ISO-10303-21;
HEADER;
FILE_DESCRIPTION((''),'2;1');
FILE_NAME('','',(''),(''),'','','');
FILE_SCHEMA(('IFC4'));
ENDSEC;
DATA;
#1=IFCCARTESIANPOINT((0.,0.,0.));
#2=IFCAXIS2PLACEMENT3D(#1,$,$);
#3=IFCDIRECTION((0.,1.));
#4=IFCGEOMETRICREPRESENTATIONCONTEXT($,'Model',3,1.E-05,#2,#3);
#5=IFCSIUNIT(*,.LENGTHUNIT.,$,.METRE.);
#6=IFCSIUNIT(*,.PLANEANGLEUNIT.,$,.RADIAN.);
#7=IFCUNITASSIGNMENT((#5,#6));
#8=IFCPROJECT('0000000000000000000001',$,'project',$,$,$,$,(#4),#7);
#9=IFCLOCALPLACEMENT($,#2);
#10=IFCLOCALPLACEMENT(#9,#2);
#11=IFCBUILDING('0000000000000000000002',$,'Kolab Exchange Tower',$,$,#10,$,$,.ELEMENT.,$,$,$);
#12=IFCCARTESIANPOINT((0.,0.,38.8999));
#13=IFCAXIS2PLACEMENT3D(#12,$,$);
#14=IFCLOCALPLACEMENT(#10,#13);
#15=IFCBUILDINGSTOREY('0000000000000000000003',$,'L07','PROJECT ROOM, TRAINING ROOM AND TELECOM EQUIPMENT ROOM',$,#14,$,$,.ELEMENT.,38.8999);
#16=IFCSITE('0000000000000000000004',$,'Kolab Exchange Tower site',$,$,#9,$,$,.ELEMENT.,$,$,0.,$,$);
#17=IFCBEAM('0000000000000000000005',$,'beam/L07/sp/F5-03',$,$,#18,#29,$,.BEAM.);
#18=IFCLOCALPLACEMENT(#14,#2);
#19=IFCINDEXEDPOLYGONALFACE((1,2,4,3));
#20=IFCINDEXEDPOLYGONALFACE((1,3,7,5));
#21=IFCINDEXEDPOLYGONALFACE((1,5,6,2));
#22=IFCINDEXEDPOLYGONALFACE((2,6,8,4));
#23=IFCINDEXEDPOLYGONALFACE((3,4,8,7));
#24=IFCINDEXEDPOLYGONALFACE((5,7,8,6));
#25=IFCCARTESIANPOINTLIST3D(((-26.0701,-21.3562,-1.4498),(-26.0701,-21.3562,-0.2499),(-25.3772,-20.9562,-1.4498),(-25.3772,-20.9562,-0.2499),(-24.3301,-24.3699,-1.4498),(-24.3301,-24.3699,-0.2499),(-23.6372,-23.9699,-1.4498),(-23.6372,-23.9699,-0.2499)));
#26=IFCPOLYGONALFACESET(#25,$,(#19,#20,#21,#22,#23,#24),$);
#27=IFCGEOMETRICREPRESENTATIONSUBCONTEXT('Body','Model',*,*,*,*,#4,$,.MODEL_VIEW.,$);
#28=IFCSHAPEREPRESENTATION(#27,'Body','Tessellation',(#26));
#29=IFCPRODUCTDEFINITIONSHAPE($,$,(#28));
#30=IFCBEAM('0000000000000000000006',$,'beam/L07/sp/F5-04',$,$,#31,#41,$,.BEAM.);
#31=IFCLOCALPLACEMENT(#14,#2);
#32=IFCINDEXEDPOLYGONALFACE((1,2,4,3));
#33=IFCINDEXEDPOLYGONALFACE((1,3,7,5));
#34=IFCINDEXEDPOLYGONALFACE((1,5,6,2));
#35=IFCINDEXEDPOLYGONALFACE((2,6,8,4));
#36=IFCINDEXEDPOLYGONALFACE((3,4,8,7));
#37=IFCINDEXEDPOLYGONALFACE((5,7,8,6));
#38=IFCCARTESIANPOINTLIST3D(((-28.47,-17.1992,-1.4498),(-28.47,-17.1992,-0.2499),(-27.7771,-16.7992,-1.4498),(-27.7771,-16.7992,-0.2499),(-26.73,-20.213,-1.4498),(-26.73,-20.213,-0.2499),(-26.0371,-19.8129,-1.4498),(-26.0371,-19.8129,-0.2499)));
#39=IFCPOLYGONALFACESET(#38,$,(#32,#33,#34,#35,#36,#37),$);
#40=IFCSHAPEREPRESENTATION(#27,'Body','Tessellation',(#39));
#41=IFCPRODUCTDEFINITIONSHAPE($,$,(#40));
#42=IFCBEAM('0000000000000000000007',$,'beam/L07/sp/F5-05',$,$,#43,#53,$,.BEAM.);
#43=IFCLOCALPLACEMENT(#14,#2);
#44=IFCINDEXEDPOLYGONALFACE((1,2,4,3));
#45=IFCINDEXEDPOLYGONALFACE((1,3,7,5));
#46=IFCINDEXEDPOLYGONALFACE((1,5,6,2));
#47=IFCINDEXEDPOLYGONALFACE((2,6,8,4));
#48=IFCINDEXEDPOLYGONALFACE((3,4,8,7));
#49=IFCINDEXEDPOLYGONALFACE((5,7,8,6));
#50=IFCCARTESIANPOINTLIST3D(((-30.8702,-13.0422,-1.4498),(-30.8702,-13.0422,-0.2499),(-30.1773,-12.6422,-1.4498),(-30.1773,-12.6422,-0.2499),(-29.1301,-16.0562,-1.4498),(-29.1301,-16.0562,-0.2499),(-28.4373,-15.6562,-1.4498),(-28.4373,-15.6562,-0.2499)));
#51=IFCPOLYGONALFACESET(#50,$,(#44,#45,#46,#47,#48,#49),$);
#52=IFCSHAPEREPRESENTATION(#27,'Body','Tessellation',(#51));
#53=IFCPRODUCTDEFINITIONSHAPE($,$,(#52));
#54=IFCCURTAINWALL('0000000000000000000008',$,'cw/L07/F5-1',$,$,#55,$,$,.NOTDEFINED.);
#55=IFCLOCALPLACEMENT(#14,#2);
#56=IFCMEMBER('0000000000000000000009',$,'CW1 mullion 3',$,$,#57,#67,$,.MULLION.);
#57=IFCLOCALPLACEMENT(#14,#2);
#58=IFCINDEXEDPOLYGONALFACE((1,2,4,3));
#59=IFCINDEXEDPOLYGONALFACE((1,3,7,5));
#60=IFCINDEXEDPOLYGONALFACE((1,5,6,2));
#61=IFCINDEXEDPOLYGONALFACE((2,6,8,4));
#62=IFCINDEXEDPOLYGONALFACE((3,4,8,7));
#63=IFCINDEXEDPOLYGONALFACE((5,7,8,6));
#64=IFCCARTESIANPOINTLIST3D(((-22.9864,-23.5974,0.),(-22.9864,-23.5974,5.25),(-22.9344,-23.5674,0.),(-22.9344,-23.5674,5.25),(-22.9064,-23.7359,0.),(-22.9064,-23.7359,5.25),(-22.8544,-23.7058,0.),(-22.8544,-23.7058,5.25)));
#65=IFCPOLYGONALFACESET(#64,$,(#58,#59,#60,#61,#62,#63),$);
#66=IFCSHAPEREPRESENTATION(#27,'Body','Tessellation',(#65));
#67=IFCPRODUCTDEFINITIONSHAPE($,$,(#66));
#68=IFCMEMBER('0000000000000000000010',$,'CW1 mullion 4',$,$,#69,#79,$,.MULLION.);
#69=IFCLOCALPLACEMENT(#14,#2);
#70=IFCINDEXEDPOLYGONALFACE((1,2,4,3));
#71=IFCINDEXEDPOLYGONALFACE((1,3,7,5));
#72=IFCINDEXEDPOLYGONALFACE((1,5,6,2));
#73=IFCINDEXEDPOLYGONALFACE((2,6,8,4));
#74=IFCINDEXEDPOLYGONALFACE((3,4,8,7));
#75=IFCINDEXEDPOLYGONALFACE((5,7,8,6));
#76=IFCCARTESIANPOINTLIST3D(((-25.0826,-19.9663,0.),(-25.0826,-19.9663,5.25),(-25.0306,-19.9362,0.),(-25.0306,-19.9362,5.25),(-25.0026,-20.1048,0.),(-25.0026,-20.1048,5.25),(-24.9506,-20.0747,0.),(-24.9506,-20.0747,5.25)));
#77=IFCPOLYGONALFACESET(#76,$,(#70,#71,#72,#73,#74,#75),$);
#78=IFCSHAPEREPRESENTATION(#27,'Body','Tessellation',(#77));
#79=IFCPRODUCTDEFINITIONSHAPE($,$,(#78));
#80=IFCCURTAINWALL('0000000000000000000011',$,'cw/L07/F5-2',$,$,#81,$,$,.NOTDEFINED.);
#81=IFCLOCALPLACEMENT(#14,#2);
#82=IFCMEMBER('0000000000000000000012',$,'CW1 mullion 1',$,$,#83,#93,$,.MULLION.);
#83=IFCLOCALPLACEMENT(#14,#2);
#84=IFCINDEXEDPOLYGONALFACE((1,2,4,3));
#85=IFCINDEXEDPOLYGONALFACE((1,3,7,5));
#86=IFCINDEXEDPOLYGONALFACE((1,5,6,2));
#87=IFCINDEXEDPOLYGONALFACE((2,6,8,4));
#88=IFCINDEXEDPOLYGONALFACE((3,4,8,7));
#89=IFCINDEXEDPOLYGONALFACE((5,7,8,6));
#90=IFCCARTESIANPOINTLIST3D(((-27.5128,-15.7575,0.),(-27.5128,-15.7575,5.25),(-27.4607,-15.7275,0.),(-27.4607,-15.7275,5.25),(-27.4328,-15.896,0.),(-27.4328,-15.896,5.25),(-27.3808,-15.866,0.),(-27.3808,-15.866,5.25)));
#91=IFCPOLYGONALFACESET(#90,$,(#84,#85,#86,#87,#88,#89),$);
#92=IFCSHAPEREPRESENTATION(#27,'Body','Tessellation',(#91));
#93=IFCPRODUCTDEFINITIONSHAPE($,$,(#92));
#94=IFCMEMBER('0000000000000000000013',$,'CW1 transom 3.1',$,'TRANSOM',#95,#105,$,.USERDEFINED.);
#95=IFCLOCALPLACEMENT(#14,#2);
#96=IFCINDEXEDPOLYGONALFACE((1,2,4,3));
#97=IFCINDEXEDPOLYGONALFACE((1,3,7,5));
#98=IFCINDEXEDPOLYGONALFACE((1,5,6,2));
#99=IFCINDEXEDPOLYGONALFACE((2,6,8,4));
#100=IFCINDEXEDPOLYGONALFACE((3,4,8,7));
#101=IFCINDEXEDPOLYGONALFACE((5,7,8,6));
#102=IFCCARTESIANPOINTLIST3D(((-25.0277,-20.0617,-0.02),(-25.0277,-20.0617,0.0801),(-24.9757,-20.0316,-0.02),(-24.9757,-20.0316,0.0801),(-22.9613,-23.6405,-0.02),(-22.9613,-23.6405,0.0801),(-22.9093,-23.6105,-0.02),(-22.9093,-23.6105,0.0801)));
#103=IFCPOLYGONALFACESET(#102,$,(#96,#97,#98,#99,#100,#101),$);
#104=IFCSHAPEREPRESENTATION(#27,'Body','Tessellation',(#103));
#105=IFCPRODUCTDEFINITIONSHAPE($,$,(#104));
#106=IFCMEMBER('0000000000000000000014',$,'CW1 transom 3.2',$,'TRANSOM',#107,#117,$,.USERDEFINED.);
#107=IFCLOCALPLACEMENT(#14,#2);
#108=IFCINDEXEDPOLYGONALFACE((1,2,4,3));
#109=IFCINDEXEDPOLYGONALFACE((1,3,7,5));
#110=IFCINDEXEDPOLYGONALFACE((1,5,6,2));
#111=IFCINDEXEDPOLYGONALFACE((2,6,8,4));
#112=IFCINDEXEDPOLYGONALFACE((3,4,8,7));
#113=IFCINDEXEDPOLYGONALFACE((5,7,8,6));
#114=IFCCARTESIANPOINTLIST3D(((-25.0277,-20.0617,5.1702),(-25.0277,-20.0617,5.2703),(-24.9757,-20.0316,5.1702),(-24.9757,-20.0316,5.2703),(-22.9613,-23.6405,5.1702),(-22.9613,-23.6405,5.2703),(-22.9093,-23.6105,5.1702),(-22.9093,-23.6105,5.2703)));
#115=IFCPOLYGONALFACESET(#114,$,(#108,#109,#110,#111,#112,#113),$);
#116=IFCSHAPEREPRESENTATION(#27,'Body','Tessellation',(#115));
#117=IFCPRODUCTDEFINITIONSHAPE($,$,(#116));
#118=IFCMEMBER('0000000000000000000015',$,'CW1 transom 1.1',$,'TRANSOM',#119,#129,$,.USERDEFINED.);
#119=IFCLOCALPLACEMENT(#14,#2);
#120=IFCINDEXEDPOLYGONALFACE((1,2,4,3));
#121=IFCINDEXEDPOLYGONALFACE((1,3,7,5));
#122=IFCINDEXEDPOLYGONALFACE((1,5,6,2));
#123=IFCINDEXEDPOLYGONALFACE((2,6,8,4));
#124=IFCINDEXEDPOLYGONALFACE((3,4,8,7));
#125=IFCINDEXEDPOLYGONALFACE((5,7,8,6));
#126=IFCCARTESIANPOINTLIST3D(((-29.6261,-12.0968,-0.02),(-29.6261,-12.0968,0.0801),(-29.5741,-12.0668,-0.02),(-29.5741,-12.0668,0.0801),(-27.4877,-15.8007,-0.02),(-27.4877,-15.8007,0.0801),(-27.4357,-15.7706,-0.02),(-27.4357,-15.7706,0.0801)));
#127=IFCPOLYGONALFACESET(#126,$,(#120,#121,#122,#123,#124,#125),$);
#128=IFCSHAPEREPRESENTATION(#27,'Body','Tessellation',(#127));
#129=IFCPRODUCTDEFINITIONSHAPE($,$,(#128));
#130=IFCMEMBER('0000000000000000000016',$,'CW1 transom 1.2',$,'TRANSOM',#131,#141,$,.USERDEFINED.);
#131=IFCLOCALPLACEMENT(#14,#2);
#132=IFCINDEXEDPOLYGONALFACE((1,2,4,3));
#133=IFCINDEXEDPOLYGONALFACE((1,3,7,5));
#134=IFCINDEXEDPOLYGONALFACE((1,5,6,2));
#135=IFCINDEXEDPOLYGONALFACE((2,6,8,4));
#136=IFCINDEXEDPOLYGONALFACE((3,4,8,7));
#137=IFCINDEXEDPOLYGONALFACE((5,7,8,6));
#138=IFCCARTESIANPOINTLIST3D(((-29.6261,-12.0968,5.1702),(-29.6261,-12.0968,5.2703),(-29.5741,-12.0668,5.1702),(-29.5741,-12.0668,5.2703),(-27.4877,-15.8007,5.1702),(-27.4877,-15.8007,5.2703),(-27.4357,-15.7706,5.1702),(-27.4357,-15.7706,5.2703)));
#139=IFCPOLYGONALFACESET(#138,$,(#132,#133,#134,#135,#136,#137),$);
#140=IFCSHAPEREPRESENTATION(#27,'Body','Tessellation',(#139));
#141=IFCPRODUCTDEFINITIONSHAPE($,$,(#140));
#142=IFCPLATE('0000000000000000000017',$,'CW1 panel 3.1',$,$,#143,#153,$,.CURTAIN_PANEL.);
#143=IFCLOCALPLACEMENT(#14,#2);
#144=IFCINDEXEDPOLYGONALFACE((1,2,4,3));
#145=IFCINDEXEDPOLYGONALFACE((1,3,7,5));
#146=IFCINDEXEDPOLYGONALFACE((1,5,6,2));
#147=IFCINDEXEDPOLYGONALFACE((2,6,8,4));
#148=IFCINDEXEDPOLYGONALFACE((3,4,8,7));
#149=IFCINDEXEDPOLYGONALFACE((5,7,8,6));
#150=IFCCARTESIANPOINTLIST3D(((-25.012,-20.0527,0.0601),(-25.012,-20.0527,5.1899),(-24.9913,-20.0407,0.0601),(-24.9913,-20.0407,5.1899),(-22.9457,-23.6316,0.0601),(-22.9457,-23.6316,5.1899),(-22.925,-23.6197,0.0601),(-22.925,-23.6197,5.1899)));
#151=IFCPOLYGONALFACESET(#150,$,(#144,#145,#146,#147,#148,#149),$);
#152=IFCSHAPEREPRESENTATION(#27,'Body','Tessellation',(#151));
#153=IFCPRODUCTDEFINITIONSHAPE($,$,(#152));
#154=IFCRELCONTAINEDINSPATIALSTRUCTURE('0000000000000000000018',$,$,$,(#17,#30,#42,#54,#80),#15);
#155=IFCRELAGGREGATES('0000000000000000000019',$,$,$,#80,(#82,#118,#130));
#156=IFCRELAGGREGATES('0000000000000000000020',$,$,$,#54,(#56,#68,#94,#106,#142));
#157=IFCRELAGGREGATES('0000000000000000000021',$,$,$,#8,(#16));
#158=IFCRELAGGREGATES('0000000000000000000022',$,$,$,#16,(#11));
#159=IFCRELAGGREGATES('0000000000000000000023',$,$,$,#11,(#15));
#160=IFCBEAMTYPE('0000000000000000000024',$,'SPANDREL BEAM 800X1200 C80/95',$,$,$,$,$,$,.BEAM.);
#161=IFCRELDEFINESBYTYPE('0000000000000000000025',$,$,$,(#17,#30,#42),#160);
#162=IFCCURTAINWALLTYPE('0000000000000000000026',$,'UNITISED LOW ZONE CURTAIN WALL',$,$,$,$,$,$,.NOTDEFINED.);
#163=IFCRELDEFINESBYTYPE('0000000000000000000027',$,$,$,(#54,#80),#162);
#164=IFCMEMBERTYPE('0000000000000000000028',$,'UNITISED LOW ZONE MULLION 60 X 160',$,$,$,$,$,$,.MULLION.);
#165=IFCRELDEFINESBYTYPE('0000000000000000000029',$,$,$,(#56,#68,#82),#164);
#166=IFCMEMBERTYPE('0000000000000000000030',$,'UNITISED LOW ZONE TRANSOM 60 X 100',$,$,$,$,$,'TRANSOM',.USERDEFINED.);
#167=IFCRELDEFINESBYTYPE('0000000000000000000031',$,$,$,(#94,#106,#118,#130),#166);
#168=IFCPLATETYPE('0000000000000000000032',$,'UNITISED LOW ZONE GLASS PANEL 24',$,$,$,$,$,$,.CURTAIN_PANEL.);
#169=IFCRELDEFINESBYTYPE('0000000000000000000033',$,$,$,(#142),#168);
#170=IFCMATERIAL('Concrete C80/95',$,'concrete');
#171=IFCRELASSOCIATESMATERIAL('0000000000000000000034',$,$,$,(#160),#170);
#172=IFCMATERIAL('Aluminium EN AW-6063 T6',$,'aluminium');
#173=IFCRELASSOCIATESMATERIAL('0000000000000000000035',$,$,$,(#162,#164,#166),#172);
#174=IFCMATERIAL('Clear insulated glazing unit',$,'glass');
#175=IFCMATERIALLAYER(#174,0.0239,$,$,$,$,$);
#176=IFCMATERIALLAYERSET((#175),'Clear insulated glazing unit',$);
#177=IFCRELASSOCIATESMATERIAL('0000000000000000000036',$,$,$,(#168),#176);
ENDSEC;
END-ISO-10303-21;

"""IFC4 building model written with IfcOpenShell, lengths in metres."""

from ifc_helpers import new_model, si_unit, direction, frame, origin, origin_2d, place, context, subcontext, project, spatial, rectangle, extrude, material, layer, layer_set, material_profile, profile_set, type_object, element, aggregate, save


model = new_model("IFC4")

# Units and contexts
model_context = context("Model", 3, precision=1e-05, world=origin(), true_north=direction((0.0, 1.0)))
body_context = subcontext(model_context, "Body", "Model", "MODEL_VIEW")
ifc_project = project(units=[si_unit("LENGTHUNIT", "METRE"), si_unit("PLANEANGLEUNIT", "RADIAN")], contexts=[model_context])

# Site, building, storey
site_placement = place(None, origin())
site = spatial("IfcSite", under=ifc_project, at=site_placement, Name="Kolab Exchange Tower site", CompositionType="ELEMENT", RefElevation=0.0)
building_placement = place(site_placement, origin())
building = spatial("IfcBuilding", under=site, at=building_placement, Name="Kolab Exchange Tower", CompositionType="ELEMENT")
storey_placement = place(building_placement, frame((0.0, 0.0, 38.8999)))
storey = spatial("IfcBuildingStorey", under=building, at=storey_placement, Name="L07", Description="PROJECT ROOM, TRAINING ROOM AND TELECOM EQUIPMENT ROOM", CompositionType="ELEMENT", Elevation=38.8999)

# Shared definitions
ifc_material_1 = material(Name="Concrete C80/95", Category="concrete")

# Beams
ifc_material_profile_1 = material_profile(ifc_material_1, rectangle(XDim=0.8, YDim=1.2, at=origin_2d()), Name="RC800X1200")
ifc_profile_set_1 = profile_set([ifc_material_profile_1], Name="Concrete C80/95")
beam_type_1 = type_object("IfcBeamType", Name="SPANDREL BEAM 800X1200 C80/95", PredefinedType="BEAM", material=ifc_profile_set_1)
for number, where, z_axis, x_axis, name in (
    (1, (-23.9836, -24.1699, -0.8499), (-0.50001, 0.86602, 0.0), (-0.86602, -0.50001, 0.0), "beam/L07/sp/F5-03"),
    (2, (-26.3835, -20.0129, -0.8499), (-0.50001, 0.86602, 0.0), (-0.86602, -0.50001, 0.0), "beam/L07/sp/F5-04"),
):
    element("IfcBeam", number, at=place(storey_placement, frame(where, z_axis=z_axis, x_axis=x_axis)), inside=storey, type_object=beam_type_1, Name=name, PredefinedType="BEAM", context=body_context, shape_type="SweptSolid", body=[
        extrude(rectangle(XDim=0.8, YDim=1.2, at=origin_2d()), origin(), (0.0, 0.0, 1.0), 3.48),
    ])
beam_1_placement = place(storey_placement, frame((-28.7837, -15.8562, -0.8499), z_axis=(-0.49998, 0.866037, 0.0), x_axis=(-0.866037, -0.49998, 0.0)))
element("IfcBeam", 3, at=beam_1_placement, inside=storey, type_object=beam_type_1, Name="beam/L07/sp/F5-05", PredefinedType="BEAM", context=body_context, shape_type="SweptSolid", body=[
    extrude(rectangle(XDim=0.8, YDim=1.2, at=origin_2d()), origin(), (0.0, 0.0, 1.0), 3.4802),
])

# Curtain wall, members
ifc_material_2 = material(Name="Aluminium EN AW-6063 T6", Category="aluminium")
curtain_wall_type = type_object("IfcCurtainWallType", Name="UNITISED LOW ZONE CURTAIN WALL", PredefinedType="NOTDEFINED", material=ifc_material_2)
curtain_wall_1_placement = place(storey_placement, origin())
curtain_wall_1 = element("IfcCurtainWall", 4, at=curtain_wall_1_placement, inside=storey, type_object=curtain_wall_type, Name="cw/L07/F5-1", PredefinedType="NOTDEFINED")
ifc_material_profile_2 = material_profile(ifc_material_2, rectangle(XDim=0.0601, YDim=0.1599, at=origin_2d()), Name="RECT 60X160")
ifc_profile_set_2 = profile_set([ifc_material_profile_2], Name="Aluminium EN AW-6063 T6")
member_type_1 = type_object("IfcMemberType", Name="UNITISED LOW ZONE MULLION 60 X 160", PredefinedType="MULLION", material=ifc_profile_set_2)
member_1_placement = place(storey_placement, frame((-22.9204, -23.6516, 0.0), z_axis=(0.0, 0.0, 1.0), x_axis=(-0.866025, -0.5, 0.0)))
member_1 = element("IfcMember", 5, at=member_1_placement, type_object=member_type_1, Name="CW1 mullion 3", PredefinedType="MULLION", context=body_context, shape_type="SweptSolid", body=[
    extrude(rectangle(XDim=0.0601, YDim=0.1599, at=origin_2d()), origin(), (0.0, 0.0, 1.0), 5.25),
])
member_2_placement = place(storey_placement, frame((-25.0166, -20.0205, 0.0), z_axis=(0.0, 0.0, 1.0), x_axis=(-0.866025, -0.5, 0.0)))
member_2 = element("IfcMember", 6, at=member_2_placement, type_object=member_type_1, Name="CW1 mullion 4", PredefinedType="MULLION", context=body_context, shape_type="SweptSolid", body=[
    extrude(rectangle(XDim=0.0601, YDim=0.1599, at=origin_2d()), origin(), (0.0, 0.0, 1.0), 5.25),
])

# Curtain wall, member
curtain_wall_2_placement = place(storey_placement, origin())
curtain_wall_2 = element("IfcCurtainWall", 7, at=curtain_wall_2_placement, inside=storey, type_object=curtain_wall_type, Name="cw/L07/F5-2", PredefinedType="NOTDEFINED")
member_3_placement = place(storey_placement, frame((-27.4468, -15.8118, 0.0), z_axis=(0.0, 0.0, 1.0), x_axis=(-0.866025, -0.5, 0.0)))
member_3 = element("IfcMember", 8, at=member_3_placement, type_object=member_type_1, Name="CW1 mullion 1", PredefinedType="MULLION", context=body_context, shape_type="SweptSolid", body=[
    extrude(rectangle(XDim=0.0601, YDim=0.1599, at=origin_2d()), origin(), (0.0, 0.0, 1.0), 5.25),
])

# Members
ifc_material_profile_3 = material_profile(ifc_material_2, rectangle(XDim=0.0601, YDim=0.1001, at=origin_2d()), Name="RECT 60X100")
ifc_profile_set_3 = profile_set([ifc_material_profile_3], Name="Aluminium EN AW-6063 T6")
member_type_2 = type_object("IfcMemberType", Name="UNITISED LOW ZONE TRANSOM 60 X 100", ElementType="TRANSOM", PredefinedType="USERDEFINED", material=ifc_profile_set_3)
member_4_placement = place(storey_placement, frame((-22.9353, -23.6255, 0.03), z_axis=(-0.500028, 0.866009, 0.0), x_axis=(-0.866009, -0.500028, 0.0)))
member_4 = element("IfcMember", 9, at=member_4_placement, type_object=member_type_2, Name="CW1 transom 3.1", ObjectType="TRANSOM", PredefinedType="USERDEFINED", context=body_context, shape_type="SweptSolid", body=[
    extrude(rectangle(XDim=0.0601, YDim=0.1001, at=origin_2d()), origin(), (0.0, 0.0, 1.0), 4.1326),
])
member_5_placement = place(storey_placement, frame((-22.9353, -23.6255, 5.2202), z_axis=(-0.500028, 0.866009, 0.0), x_axis=(-0.866009, -0.500028, 0.0)))
member_5 = element("IfcMember", 10, at=member_5_placement, type_object=member_type_2, Name="CW1 transom 3.2", ObjectType="TRANSOM", PredefinedType="USERDEFINED", context=body_context, shape_type="SweptSolid", body=[
    extrude(rectangle(XDim=0.0601, YDim=0.1001, at=origin_2d()), origin(), (0.0, 0.0, 1.0), 4.1326),
])
member_6_placement = place(storey_placement, frame((-27.4617, -15.7856, 0.03), z_axis=(-0.500001, 0.866025, 0.0), x_axis=(-0.866025, -0.500001, 0.0)))
member_6 = element("IfcMember", 11, at=member_6_placement, type_object=member_type_2, Name="CW1 transom 1.1", ObjectType="TRANSOM", PredefinedType="USERDEFINED", context=body_context, shape_type="SweptSolid", body=[
    extrude(rectangle(XDim=0.0601, YDim=0.1001, at=origin_2d()), origin(), (0.0, 0.0, 1.0), 4.2769),
])
member_7_placement = place(storey_placement, frame((-27.4617, -15.7856, 5.2202), z_axis=(-0.500001, 0.866025, 0.0), x_axis=(-0.866025, -0.500001, 0.0)))
member_7 = element("IfcMember", 12, at=member_7_placement, type_object=member_type_2, Name="CW1 transom 1.2", ObjectType="TRANSOM", PredefinedType="USERDEFINED", context=body_context, shape_type="SweptSolid", body=[
    extrude(rectangle(XDim=0.0601, YDim=0.1001, at=origin_2d()), origin(), (0.0, 0.0, 1.0), 4.2769),
])
aggregate(curtain_wall_2, [member_3, member_6, member_7])

# Plate
ifc_material_3 = material(Name="Clear insulated glazing unit", Category="glass")
ifc_layer_1 = layer(ifc_material_3, 0.0239)
ifc_layer_set_1 = layer_set([ifc_layer_1], Name="Clear insulated glazing unit")
plate_type = type_object("IfcPlateType", Name="UNITISED LOW ZONE GLASS PANEL 24", PredefinedType="CURTAIN_PANEL", material=ifc_layer_set_1)
plate_placement = place(storey_placement, frame((-23.9685, -21.8362, 0.0601), z_axis=(0.0, 0.0, 1.0), x_axis=(-0.5, 0.866025, 0.0)))
plate = element("IfcPlate", 13, at=plate_placement, type_object=plate_type, Name="CW1 panel 3.1", PredefinedType="CURTAIN_PANEL", context=body_context, shape_type="SweptSolid", body=[
    extrude(rectangle(XDim=4.1326, YDim=0.0239, at=origin_2d()), origin(), (0.0, 0.0, 1.0), 5.1299),
])
aggregate(curtain_wall_1, [member_1, member_2, member_4, member_5, plate])

save(model, "model.ifc")
